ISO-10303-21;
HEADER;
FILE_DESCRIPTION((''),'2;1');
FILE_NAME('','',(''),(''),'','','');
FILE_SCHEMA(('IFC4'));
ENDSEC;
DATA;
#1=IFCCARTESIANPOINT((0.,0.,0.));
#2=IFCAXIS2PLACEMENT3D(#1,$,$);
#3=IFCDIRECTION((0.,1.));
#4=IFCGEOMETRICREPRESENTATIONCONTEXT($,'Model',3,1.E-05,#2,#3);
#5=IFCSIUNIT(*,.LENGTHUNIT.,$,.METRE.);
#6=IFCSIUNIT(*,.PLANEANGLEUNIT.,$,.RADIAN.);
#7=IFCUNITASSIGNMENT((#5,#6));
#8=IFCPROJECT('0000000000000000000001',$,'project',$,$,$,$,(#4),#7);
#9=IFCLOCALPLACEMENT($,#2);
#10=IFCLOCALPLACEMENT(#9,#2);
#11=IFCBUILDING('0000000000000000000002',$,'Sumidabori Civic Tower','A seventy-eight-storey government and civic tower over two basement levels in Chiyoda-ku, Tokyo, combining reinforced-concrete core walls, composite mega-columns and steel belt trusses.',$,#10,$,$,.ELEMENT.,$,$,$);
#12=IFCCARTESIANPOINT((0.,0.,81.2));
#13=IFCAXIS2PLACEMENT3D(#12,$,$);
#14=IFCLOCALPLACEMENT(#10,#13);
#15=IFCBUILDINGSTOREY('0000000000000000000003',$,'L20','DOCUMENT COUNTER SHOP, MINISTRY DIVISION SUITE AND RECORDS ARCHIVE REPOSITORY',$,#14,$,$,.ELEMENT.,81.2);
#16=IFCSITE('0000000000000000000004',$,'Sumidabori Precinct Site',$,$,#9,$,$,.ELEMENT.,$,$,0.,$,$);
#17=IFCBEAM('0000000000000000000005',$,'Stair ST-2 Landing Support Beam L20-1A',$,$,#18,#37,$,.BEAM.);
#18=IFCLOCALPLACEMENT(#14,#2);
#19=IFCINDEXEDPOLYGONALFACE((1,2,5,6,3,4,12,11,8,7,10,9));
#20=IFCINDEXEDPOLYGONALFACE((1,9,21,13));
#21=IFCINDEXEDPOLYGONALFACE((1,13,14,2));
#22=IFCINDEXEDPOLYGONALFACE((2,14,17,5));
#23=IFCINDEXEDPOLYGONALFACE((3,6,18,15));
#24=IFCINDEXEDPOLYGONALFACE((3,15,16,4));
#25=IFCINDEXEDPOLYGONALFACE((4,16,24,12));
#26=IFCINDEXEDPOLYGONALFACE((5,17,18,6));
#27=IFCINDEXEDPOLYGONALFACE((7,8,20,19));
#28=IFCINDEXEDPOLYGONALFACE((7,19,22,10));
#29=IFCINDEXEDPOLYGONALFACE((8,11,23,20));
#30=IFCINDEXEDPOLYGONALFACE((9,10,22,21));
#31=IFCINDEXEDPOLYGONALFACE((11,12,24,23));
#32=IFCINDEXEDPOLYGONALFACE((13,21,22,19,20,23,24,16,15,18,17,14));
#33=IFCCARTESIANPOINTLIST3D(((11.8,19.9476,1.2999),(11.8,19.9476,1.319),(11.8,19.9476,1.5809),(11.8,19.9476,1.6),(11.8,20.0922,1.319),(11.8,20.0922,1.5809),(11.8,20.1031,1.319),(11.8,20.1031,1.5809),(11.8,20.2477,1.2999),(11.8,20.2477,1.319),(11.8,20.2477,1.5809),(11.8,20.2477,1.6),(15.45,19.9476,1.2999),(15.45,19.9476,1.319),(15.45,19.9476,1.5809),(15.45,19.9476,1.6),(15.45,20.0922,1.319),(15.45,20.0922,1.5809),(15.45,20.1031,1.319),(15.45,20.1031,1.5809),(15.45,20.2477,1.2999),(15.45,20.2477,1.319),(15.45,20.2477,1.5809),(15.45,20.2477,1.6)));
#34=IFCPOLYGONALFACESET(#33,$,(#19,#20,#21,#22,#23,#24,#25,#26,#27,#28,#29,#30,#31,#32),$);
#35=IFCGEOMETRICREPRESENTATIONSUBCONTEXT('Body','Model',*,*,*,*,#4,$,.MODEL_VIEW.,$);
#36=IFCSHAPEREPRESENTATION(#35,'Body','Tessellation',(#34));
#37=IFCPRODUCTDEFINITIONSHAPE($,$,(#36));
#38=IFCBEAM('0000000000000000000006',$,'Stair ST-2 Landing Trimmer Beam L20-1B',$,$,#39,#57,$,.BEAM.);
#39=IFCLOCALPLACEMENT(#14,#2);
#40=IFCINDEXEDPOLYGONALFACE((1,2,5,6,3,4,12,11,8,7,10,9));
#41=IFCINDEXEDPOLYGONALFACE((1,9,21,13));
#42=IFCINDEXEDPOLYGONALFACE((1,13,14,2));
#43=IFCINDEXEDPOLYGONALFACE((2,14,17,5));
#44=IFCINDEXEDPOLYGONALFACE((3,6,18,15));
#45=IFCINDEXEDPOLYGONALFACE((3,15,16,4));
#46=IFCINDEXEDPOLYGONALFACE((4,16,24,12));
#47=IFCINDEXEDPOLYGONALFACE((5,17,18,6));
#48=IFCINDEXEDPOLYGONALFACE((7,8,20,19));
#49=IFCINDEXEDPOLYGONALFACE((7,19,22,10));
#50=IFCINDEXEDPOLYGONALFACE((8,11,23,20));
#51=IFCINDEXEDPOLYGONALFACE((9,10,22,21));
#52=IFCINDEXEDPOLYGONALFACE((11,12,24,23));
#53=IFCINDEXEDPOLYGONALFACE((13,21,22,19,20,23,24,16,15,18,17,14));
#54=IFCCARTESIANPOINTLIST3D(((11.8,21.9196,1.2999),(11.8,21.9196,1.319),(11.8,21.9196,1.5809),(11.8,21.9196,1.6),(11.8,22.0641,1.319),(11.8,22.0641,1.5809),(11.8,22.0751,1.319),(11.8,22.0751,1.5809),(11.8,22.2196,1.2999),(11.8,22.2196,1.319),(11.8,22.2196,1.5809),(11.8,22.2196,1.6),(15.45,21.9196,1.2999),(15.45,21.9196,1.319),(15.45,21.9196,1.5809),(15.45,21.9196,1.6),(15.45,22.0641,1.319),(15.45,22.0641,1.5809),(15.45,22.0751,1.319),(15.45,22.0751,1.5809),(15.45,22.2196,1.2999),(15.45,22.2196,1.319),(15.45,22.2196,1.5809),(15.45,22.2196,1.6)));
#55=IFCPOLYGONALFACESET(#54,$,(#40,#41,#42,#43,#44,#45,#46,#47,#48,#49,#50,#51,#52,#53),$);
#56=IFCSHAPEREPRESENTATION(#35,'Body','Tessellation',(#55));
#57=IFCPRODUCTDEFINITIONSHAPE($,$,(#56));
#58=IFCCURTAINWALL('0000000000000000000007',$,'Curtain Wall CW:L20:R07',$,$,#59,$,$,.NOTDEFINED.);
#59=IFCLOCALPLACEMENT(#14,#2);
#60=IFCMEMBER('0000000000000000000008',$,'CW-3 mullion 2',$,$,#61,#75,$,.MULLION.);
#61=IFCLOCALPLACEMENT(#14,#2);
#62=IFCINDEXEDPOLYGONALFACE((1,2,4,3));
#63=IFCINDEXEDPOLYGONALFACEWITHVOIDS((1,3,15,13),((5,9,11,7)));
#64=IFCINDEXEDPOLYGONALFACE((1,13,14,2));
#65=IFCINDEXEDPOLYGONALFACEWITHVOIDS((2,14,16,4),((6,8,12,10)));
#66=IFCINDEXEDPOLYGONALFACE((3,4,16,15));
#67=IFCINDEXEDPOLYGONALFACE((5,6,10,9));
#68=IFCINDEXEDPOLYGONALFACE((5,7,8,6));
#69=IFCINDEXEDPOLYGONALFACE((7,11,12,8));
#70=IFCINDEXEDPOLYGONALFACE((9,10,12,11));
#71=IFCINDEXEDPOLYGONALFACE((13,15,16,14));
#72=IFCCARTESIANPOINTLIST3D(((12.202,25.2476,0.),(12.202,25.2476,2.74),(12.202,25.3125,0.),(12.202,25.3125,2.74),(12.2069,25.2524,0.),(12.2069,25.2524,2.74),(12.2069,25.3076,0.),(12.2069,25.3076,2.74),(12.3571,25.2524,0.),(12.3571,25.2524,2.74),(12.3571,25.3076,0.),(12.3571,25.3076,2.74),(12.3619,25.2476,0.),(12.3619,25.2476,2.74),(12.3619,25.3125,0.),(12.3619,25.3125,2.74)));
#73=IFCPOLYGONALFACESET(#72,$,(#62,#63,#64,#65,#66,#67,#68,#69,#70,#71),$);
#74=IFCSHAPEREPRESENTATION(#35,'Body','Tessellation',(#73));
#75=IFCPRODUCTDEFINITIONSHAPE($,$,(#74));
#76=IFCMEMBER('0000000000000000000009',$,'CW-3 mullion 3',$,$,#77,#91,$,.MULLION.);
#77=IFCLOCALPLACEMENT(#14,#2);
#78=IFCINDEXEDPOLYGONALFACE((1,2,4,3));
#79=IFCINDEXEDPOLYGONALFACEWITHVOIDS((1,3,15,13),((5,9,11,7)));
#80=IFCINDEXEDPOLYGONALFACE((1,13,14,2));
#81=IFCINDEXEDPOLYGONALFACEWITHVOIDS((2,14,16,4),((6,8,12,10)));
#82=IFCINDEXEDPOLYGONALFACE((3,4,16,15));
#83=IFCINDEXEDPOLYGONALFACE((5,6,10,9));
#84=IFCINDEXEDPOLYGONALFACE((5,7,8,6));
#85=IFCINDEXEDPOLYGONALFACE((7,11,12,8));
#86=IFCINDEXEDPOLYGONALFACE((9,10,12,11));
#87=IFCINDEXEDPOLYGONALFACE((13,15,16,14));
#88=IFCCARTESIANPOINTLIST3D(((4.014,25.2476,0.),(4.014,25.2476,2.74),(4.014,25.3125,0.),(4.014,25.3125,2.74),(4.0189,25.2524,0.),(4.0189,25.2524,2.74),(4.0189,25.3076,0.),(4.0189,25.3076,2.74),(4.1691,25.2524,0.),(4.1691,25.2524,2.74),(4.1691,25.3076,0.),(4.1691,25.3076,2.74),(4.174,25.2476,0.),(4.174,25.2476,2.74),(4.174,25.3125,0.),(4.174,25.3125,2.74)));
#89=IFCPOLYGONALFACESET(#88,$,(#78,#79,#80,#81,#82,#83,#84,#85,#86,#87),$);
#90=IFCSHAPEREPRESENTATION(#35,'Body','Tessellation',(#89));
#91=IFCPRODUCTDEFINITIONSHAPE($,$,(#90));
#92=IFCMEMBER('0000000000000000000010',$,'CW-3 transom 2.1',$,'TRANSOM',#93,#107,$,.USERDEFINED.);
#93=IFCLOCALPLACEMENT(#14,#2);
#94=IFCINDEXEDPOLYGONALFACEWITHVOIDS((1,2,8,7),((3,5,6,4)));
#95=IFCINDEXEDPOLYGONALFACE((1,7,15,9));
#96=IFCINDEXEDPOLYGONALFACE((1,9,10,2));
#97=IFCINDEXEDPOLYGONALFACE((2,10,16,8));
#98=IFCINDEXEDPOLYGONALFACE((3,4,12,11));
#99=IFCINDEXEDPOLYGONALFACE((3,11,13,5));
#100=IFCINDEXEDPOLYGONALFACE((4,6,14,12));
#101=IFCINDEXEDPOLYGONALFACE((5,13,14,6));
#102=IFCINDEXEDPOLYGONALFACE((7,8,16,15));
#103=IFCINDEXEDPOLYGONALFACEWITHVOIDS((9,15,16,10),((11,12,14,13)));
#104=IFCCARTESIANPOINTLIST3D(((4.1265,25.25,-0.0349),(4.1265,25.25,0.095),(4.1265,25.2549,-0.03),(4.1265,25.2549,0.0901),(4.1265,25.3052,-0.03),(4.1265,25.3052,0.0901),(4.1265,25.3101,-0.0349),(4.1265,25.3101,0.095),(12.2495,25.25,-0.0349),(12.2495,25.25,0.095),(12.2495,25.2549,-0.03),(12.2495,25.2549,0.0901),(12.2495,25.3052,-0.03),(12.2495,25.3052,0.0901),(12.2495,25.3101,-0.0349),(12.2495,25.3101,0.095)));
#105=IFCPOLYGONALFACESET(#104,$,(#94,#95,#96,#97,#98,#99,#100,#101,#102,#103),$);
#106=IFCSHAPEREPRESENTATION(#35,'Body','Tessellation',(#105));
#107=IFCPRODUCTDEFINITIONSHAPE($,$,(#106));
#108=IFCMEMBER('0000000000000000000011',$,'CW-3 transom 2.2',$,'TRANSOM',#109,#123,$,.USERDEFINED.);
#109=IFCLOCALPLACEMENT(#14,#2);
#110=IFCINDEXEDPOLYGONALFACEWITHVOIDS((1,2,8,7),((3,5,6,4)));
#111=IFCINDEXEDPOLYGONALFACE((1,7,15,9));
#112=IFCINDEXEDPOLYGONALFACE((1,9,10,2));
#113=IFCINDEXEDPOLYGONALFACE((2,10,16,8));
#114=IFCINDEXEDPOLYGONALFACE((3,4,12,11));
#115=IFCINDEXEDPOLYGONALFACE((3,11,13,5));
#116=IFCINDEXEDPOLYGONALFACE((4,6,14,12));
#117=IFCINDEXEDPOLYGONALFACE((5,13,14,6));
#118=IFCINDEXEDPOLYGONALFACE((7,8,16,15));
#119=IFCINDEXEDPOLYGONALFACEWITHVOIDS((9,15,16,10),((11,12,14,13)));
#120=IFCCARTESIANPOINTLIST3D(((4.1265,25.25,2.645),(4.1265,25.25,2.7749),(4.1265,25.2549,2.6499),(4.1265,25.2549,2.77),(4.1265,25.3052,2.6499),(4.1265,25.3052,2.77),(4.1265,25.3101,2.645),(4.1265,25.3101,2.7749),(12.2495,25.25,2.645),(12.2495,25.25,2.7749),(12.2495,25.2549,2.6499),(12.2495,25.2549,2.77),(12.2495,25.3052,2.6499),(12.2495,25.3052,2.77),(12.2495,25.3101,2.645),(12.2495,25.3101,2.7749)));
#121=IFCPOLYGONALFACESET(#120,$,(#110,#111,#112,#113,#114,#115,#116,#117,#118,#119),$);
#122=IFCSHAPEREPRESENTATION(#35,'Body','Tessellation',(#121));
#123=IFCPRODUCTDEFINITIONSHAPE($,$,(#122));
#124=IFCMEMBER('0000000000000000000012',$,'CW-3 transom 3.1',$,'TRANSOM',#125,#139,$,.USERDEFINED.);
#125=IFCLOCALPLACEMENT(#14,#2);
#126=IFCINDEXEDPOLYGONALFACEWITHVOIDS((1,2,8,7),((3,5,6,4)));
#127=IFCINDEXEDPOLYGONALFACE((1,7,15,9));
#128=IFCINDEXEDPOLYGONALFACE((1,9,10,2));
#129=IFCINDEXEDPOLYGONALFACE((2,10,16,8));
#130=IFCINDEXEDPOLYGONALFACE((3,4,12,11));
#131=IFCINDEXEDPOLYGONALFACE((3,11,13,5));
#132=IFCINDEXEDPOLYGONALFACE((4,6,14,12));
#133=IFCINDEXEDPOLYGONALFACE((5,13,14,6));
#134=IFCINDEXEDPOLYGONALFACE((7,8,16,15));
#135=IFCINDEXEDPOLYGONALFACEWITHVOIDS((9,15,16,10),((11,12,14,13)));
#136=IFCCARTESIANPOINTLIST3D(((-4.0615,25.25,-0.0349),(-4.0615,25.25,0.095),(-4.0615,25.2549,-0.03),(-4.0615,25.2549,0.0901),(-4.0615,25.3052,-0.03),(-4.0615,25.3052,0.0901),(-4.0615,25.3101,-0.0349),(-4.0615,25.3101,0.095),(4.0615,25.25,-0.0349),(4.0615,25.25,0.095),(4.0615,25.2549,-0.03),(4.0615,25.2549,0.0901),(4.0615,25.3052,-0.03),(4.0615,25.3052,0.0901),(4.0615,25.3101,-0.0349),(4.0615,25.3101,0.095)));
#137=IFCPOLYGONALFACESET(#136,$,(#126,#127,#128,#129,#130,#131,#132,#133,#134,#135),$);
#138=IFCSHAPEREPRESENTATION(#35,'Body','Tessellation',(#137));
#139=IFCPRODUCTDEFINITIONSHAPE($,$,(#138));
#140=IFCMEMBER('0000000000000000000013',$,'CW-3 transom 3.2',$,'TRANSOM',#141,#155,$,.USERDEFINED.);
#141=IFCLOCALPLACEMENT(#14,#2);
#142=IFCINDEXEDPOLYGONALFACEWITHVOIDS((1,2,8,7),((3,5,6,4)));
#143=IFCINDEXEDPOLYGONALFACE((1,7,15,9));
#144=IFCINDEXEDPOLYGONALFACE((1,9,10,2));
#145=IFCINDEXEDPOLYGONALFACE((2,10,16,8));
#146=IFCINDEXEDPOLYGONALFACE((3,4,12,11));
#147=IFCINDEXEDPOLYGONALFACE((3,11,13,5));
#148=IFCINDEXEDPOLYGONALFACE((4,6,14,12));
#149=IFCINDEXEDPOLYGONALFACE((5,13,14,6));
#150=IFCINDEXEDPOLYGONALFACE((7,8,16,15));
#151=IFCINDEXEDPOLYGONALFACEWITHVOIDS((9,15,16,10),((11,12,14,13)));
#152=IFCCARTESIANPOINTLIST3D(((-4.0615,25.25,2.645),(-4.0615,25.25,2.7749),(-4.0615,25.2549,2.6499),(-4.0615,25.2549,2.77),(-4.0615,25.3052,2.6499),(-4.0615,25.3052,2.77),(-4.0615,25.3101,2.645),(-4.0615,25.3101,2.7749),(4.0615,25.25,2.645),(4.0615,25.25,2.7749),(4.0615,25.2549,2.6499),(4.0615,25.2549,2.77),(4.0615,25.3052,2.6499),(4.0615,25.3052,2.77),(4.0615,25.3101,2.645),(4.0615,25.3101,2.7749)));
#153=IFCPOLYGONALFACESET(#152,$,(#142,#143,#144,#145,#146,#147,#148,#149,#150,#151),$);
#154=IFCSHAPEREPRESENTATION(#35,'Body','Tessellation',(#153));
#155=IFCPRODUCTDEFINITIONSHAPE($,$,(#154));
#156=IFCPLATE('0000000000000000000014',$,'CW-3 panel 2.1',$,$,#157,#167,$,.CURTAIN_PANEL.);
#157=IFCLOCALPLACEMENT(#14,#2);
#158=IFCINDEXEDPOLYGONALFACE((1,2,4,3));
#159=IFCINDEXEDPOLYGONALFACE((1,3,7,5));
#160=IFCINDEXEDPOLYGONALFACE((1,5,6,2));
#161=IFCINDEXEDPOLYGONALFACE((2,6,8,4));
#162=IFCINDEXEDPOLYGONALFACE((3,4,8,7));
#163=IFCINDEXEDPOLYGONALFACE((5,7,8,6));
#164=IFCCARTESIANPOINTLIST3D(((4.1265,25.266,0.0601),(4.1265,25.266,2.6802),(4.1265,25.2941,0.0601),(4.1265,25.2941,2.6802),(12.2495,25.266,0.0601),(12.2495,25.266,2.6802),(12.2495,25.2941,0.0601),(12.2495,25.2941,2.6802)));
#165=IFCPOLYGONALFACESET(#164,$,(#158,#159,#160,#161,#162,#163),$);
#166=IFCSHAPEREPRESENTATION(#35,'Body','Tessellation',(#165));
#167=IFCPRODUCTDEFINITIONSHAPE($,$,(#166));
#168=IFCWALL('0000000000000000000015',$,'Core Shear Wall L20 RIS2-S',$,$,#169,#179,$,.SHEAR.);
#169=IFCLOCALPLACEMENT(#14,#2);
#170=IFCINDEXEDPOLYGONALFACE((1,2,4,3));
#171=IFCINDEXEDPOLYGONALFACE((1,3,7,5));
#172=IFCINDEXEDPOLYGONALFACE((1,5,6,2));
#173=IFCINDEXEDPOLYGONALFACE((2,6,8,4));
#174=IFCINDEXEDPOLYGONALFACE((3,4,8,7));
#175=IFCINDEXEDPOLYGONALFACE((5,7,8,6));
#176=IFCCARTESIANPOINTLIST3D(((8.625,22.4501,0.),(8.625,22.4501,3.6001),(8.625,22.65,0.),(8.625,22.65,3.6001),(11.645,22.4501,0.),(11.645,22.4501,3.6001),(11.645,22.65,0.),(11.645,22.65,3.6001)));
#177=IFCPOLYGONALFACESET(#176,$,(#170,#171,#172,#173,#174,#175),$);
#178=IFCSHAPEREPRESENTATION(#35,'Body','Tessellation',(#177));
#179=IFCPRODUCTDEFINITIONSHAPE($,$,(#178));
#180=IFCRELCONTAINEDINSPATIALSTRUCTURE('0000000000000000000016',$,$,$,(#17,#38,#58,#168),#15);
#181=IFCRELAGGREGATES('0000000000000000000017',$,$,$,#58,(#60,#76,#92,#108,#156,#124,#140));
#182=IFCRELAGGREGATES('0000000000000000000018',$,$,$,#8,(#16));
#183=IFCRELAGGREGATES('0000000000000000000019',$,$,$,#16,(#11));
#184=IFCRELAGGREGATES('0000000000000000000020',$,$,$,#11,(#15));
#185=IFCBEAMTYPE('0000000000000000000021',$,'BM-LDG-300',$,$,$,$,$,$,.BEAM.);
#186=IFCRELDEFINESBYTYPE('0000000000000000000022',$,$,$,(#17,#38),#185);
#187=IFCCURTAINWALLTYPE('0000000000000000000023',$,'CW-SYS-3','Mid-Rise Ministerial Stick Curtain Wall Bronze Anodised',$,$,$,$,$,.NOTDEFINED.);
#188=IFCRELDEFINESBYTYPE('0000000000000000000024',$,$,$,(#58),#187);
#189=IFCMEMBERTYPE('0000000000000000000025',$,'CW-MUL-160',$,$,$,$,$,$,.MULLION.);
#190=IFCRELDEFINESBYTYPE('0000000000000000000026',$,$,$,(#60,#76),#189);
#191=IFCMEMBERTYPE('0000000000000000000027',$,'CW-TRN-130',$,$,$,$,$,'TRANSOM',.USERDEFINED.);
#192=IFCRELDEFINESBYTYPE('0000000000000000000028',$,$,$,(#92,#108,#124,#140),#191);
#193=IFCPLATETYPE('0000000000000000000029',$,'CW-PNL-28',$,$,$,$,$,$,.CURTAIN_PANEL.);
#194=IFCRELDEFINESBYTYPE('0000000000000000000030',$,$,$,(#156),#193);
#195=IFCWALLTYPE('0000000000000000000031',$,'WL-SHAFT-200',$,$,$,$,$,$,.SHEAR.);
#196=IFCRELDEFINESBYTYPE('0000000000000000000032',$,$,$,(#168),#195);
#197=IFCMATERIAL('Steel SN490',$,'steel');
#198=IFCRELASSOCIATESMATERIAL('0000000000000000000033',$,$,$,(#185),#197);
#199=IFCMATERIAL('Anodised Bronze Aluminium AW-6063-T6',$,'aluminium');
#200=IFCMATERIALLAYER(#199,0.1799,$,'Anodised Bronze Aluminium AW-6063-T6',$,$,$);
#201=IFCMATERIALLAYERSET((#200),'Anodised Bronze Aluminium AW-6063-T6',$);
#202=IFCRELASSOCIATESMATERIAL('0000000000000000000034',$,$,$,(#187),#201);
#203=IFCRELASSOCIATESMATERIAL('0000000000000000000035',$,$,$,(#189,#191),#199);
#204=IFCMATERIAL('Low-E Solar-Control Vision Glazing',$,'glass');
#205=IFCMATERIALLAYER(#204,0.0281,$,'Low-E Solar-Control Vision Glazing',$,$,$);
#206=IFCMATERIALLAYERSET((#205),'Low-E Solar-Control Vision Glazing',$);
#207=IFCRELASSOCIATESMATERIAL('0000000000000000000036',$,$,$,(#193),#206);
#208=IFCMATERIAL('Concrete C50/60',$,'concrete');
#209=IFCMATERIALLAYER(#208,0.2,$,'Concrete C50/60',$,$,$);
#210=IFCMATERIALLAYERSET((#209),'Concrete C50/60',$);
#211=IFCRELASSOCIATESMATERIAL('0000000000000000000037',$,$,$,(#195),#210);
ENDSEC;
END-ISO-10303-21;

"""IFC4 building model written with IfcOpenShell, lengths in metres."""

from ifc_helpers import new_model, si_unit, direction, frame, frame_2d, origin, origin_2d, place, context, subcontext, project, spatial, rectangle, hollow_rectangle, i_section, extrude, source, transform, mapped, material, layer, layer_set, material_profile, profile_set, type_object, element, aggregate, save


model = new_model("IFC4")

# Units and contexts
model_context = context("Model", 3, precision=1e-05, world=origin(), true_north=direction((0.0, 1.0)))
body_context = subcontext(model_context, "Body", "Model", "MODEL_VIEW")
ifc_project = project(units=[si_unit("LENGTHUNIT", "METRE"), si_unit("PLANEANGLEUNIT", "RADIAN")], contexts=[model_context])

# Site, building, storey
site_placement = place(None, origin())
site = spatial("IfcSite", under=ifc_project, at=site_placement, Name="Sumidabori Precinct Site", CompositionType="ELEMENT", RefElevation=0.0)
building_placement = place(site_placement, origin())
building = spatial("IfcBuilding", under=site, at=building_placement, Name="Sumidabori Civic Tower", Description="A seventy-eight-storey government and civic tower over two basement levels in Chiyoda-ku, Tokyo, combining reinforced-concrete core walls, composite mega-columns and steel belt trusses.", CompositionType="ELEMENT")
storey_placement = place(building_placement, frame((0.0, 0.0, 81.2)))
storey = spatial("IfcBuildingStorey", under=building, at=storey_placement, Name="L20", Description="DOCUMENT COUNTER SHOP, MINISTRY DIVISION SUITE AND RECORDS ARCHIVE REPOSITORY", CompositionType="ELEMENT", Elevation=81.2)

# Beams
ifc_material_1 = material(Name="Steel SN490", Category="steel")
ifc_material_profile_1 = material_profile(ifc_material_1, i_section(OverallWidth=0.3, OverallDepth=0.3, WebThickness=0.011, FlangeThickness=0.019, at=origin_2d()), Name="HE 300 B")
ifc_profile_set_1 = profile_set([ifc_material_profile_1], Name="Steel SN490")
beam_type = type_object("IfcBeamType", Name="BM-LDG-300", PredefinedType="BEAM", material=ifc_profile_set_1)
shared_shape_1 = source(origin(), body_context, "Body", "SweptSolid", [
    extrude(i_section(OverallWidth=0.3, OverallDepth=0.3, WebThickness=0.011, FlangeThickness=0.019, at=origin_2d()), origin(), (0.0, 0.0, 1.0), 3.6499),
])
for number, where, z_axis, x_axis, name in (
    (1, (11.8, 20.0977, 1.45), (1.0, 0.0, 0.0), (0.0, 1.0, 0.0), "Stair ST-2 Landing Support Beam L20-1A"),
    (2, (11.8, 22.0696, 1.45), (1.0, 0.0, 0.0), (0.0, 1.0, 0.0), "Stair ST-2 Landing Trimmer Beam L20-1B"),
):
    element("IfcBeam", number, at=place(storey_placement, frame(where, z_axis=z_axis, x_axis=x_axis)), inside=storey, type_object=beam_type, Name=name, PredefinedType="BEAM", context=body_context, shape_type="MappedRepresentation", body=[
        mapped(shared_shape_1, transform((0.0, 0.0, 0.0), x_axis=(1.0, 0.0, 0.0), y_axis=(0.0, 1.0, 0.0), z_axis=(0.0, 0.0, 1.0), scale=1.0)),
    ])

# Curtain wall, members, plate
ifc_material_2 = material(Name="Anodised Bronze Aluminium AW-6063-T6", Category="aluminium")
ifc_layer_1 = layer(ifc_material_2, 0.1799, Name="Anodised Bronze Aluminium AW-6063-T6")
ifc_layer_set_1 = layer_set([ifc_layer_1], Name="Anodised Bronze Aluminium AW-6063-T6")
curtain_wall_type = type_object("IfcCurtainWallType", Name="CW-SYS-3", Description="Mid-Rise Ministerial Stick Curtain Wall Bronze Anodised", PredefinedType="NOTDEFINED", material=ifc_layer_set_1)
curtain_wall_placement = place(storey_placement, origin())
curtain_wall = element("IfcCurtainWall", 3, at=curtain_wall_placement, inside=storey, type_object=curtain_wall_type, Name="Curtain Wall CW:L20:R07", PredefinedType="NOTDEFINED")
ifc_material_profile_2 = material_profile(ifc_material_2, hollow_rectangle(XDim=0.0649, YDim=0.1599, WallThickness=0.0049, at=origin_2d()), Name="ALU MULLION 160x65")
ifc_profile_set_2 = profile_set([ifc_material_profile_2], Name="Anodised Bronze Aluminium AW-6063-T6")
member_type_1 = type_object("IfcMemberType", Name="CW-MUL-160", PredefinedType="MULLION", material=ifc_profile_set_2)
shared_shape_2 = source(origin(), body_context, "Body", "SweptSolid", [
    extrude(hollow_rectangle(XDim=0.0649, YDim=0.1599, WallThickness=0.0049, at=origin_2d()), origin(), (0.0, 0.0, 1.0), 2.74),
])
member_1_placement = place(storey_placement, frame((12.282, 25.28, 0.0), z_axis=(0.0, 0.0, 1.0), x_axis=(0.0, -1.0, 0.0)))
member_1 = element("IfcMember", 4, at=member_1_placement, type_object=member_type_1, Name="CW-3 mullion 2", PredefinedType="MULLION", context=body_context, shape_type="MappedRepresentation", body=[
    mapped(shared_shape_2, transform((0.0, 0.0, 0.0), x_axis=(1.0, 0.0, 0.0), y_axis=(0.0, 1.0, 0.0), z_axis=(0.0, 0.0, 1.0), scale=1.0)),
])
member_2_placement = place(storey_placement, frame((4.094, 25.28, 0.0), z_axis=(0.0, 0.0, 1.0), x_axis=(0.0, -1.0, 0.0)))
member_2 = element("IfcMember", 5, at=member_2_placement, type_object=member_type_1, Name="CW-3 mullion 3", PredefinedType="MULLION", context=body_context, shape_type="MappedRepresentation", body=[
    mapped(shared_shape_2, transform((0.0, 0.0, 0.0), x_axis=(1.0, 0.0, 0.0), y_axis=(0.0, 1.0, 0.0), z_axis=(0.0, 0.0, 1.0), scale=1.0)),
])
ifc_material_profile_3 = material_profile(ifc_material_2, hollow_rectangle(XDim=0.0601, YDim=0.1299, WallThickness=0.0049, at=origin_2d()), Name="ALU TRANSOM 130x60")
ifc_profile_set_3 = profile_set([ifc_material_profile_3], Name="Anodised Bronze Aluminium AW-6063-T6")
member_type_2 = type_object("IfcMemberType", Name="CW-TRN-130", ElementType="TRANSOM", PredefinedType="USERDEFINED", material=ifc_profile_set_3)
shared_shape_3 = source(origin(), body_context, "Body", "SweptSolid", [
    extrude(hollow_rectangle(XDim=0.0601, YDim=0.1299, WallThickness=0.0049, at=origin_2d()), origin(), (0.0, 0.0, 1.0), 8.123),
])
member_3_placement = place(storey_placement, frame((12.2495, 25.28, 0.03), z_axis=(-1.0, 0.0, 0.0), x_axis=(0.0, -1.0, 0.0)))
member_3 = element("IfcMember", 6, at=member_3_placement, type_object=member_type_2, Name="CW-3 transom 2.1", ObjectType="TRANSOM", PredefinedType="USERDEFINED", context=body_context, shape_type="MappedRepresentation", body=[
    mapped(shared_shape_3, transform((0.0, 0.0, 0.0), x_axis=(1.0, 0.0, 0.0), y_axis=(0.0, 1.0, 0.0), z_axis=(0.0, 0.0, 1.0), scale=1.0)),
])
member_4_placement = place(storey_placement, frame((12.2495, 25.28, 2.71), z_axis=(-1.0, 0.0, 0.0), x_axis=(0.0, -1.0, 0.0)))
member_4 = element("IfcMember", 7, at=member_4_placement, type_object=member_type_2, Name="CW-3 transom 2.2", ObjectType="TRANSOM", PredefinedType="USERDEFINED", context=body_context, shape_type="MappedRepresentation", body=[
    mapped(shared_shape_3, transform((0.0, 0.0, 0.0), x_axis=(1.0, 0.0, 0.0), y_axis=(0.0, 1.0, 0.0), z_axis=(0.0, 0.0, 1.0), scale=1.0)),
])
member_5_placement = place(storey_placement, frame((4.0615, 25.28, 0.03), z_axis=(-1.0, 0.0, 0.0), x_axis=(0.0, -1.0, 0.0)))
member_5 = element("IfcMember", 8, at=member_5_placement, type_object=member_type_2, Name="CW-3 transom 3.1", ObjectType="TRANSOM", PredefinedType="USERDEFINED", context=body_context, shape_type="MappedRepresentation", body=[
    mapped(shared_shape_3, transform((0.0, 0.0, 0.0), x_axis=(1.0, 0.0, 0.0), y_axis=(0.0, 1.0, 0.0), z_axis=(0.0, 0.0, 1.0), scale=1.0)),
])
member_6_placement = place(storey_placement, frame((4.0615, 25.28, 2.71), z_axis=(-1.0, 0.0, 0.0), x_axis=(0.0, -1.0, 0.0)))
member_6 = element("IfcMember", 9, at=member_6_placement, type_object=member_type_2, Name="CW-3 transom 3.2", ObjectType="TRANSOM", PredefinedType="USERDEFINED", context=body_context, shape_type="MappedRepresentation", body=[
    mapped(shared_shape_3, transform((0.0, 0.0, 0.0), x_axis=(1.0, 0.0, 0.0), y_axis=(0.0, 1.0, 0.0), z_axis=(0.0, 0.0, 1.0), scale=1.0)),
])
ifc_material_3 = material(Name="Low-E Solar-Control Vision Glazing", Category="glass")
ifc_layer_2 = layer(ifc_material_3, 0.0281, Name="Low-E Solar-Control Vision Glazing")
ifc_layer_set_2 = layer_set([ifc_layer_2], Name="Low-E Solar-Control Vision Glazing")
plate_type = type_object("IfcPlateType", Name="CW-PNL-28", PredefinedType="CURTAIN_PANEL", material=ifc_layer_set_2)
shared_shape_4 = source(origin(), body_context, "Body", "SweptSolid", [
    extrude(rectangle(XDim=8.123, YDim=0.0281, at=origin_2d()), origin(), (0.0, 0.0, 1.0), 2.6201),
])
plate_placement = place(storey_placement, frame((8.188, 25.28, 0.0601), z_axis=(0.0, 0.0, 1.0), x_axis=(-1.0, 0.0, 0.0)))
plate = element("IfcPlate", 10, at=plate_placement, type_object=plate_type, Name="CW-3 panel 2.1", PredefinedType="CURTAIN_PANEL", context=body_context, shape_type="MappedRepresentation", body=[
    mapped(shared_shape_4, transform((0.0, 0.0, 0.0), x_axis=(1.0, 0.0, 0.0), y_axis=(0.0, 1.0, 0.0), z_axis=(0.0, 0.0, 1.0), scale=1.0)),
])
aggregate(curtain_wall, [member_1, member_2, member_3, member_4, plate, member_5, member_6])

# Wall
ifc_material_4 = material(Name="Concrete C50/60", Category="concrete")
ifc_layer_3 = layer(ifc_material_4, 0.2, Name="Concrete C50/60")
ifc_layer_set_3 = layer_set([ifc_layer_3], Name="Concrete C50/60")
wall_type_1 = type_object("IfcWallType", Name="WL-SHAFT-200", PredefinedType="SHEAR", material=ifc_layer_set_3)
shared_shape_5 = source(origin(), body_context, "Body", "SweptSolid", [
    extrude(rectangle(XDim=3.02, YDim=0.2, at=frame_2d((1.51, 0.0))), origin(), (0.0, 0.0, 1.0), 3.6001),
])
wall_1_placement = place(storey_placement, frame((8.625, 22.55, 0.0), z_axis=(0.0, 0.0, 1.0), x_axis=(1.0, 0.0, 0.0)))
element("IfcWall", 11, at=wall_1_placement, inside=storey, type_object=wall_type_1, Name="Core Shear Wall L20 RIS2-S", PredefinedType="SHEAR", context=body_context, shape_type="MappedRepresentation", body=[
    mapped(shared_shape_5, transform((0.0, 0.0, 0.0), x_axis=(1.0, 0.0, 0.0), y_axis=(0.0, 1.0, 0.0), z_axis=(0.0, 0.0, 1.0), scale=1.0)),
])

save(model, "model.ifc")
